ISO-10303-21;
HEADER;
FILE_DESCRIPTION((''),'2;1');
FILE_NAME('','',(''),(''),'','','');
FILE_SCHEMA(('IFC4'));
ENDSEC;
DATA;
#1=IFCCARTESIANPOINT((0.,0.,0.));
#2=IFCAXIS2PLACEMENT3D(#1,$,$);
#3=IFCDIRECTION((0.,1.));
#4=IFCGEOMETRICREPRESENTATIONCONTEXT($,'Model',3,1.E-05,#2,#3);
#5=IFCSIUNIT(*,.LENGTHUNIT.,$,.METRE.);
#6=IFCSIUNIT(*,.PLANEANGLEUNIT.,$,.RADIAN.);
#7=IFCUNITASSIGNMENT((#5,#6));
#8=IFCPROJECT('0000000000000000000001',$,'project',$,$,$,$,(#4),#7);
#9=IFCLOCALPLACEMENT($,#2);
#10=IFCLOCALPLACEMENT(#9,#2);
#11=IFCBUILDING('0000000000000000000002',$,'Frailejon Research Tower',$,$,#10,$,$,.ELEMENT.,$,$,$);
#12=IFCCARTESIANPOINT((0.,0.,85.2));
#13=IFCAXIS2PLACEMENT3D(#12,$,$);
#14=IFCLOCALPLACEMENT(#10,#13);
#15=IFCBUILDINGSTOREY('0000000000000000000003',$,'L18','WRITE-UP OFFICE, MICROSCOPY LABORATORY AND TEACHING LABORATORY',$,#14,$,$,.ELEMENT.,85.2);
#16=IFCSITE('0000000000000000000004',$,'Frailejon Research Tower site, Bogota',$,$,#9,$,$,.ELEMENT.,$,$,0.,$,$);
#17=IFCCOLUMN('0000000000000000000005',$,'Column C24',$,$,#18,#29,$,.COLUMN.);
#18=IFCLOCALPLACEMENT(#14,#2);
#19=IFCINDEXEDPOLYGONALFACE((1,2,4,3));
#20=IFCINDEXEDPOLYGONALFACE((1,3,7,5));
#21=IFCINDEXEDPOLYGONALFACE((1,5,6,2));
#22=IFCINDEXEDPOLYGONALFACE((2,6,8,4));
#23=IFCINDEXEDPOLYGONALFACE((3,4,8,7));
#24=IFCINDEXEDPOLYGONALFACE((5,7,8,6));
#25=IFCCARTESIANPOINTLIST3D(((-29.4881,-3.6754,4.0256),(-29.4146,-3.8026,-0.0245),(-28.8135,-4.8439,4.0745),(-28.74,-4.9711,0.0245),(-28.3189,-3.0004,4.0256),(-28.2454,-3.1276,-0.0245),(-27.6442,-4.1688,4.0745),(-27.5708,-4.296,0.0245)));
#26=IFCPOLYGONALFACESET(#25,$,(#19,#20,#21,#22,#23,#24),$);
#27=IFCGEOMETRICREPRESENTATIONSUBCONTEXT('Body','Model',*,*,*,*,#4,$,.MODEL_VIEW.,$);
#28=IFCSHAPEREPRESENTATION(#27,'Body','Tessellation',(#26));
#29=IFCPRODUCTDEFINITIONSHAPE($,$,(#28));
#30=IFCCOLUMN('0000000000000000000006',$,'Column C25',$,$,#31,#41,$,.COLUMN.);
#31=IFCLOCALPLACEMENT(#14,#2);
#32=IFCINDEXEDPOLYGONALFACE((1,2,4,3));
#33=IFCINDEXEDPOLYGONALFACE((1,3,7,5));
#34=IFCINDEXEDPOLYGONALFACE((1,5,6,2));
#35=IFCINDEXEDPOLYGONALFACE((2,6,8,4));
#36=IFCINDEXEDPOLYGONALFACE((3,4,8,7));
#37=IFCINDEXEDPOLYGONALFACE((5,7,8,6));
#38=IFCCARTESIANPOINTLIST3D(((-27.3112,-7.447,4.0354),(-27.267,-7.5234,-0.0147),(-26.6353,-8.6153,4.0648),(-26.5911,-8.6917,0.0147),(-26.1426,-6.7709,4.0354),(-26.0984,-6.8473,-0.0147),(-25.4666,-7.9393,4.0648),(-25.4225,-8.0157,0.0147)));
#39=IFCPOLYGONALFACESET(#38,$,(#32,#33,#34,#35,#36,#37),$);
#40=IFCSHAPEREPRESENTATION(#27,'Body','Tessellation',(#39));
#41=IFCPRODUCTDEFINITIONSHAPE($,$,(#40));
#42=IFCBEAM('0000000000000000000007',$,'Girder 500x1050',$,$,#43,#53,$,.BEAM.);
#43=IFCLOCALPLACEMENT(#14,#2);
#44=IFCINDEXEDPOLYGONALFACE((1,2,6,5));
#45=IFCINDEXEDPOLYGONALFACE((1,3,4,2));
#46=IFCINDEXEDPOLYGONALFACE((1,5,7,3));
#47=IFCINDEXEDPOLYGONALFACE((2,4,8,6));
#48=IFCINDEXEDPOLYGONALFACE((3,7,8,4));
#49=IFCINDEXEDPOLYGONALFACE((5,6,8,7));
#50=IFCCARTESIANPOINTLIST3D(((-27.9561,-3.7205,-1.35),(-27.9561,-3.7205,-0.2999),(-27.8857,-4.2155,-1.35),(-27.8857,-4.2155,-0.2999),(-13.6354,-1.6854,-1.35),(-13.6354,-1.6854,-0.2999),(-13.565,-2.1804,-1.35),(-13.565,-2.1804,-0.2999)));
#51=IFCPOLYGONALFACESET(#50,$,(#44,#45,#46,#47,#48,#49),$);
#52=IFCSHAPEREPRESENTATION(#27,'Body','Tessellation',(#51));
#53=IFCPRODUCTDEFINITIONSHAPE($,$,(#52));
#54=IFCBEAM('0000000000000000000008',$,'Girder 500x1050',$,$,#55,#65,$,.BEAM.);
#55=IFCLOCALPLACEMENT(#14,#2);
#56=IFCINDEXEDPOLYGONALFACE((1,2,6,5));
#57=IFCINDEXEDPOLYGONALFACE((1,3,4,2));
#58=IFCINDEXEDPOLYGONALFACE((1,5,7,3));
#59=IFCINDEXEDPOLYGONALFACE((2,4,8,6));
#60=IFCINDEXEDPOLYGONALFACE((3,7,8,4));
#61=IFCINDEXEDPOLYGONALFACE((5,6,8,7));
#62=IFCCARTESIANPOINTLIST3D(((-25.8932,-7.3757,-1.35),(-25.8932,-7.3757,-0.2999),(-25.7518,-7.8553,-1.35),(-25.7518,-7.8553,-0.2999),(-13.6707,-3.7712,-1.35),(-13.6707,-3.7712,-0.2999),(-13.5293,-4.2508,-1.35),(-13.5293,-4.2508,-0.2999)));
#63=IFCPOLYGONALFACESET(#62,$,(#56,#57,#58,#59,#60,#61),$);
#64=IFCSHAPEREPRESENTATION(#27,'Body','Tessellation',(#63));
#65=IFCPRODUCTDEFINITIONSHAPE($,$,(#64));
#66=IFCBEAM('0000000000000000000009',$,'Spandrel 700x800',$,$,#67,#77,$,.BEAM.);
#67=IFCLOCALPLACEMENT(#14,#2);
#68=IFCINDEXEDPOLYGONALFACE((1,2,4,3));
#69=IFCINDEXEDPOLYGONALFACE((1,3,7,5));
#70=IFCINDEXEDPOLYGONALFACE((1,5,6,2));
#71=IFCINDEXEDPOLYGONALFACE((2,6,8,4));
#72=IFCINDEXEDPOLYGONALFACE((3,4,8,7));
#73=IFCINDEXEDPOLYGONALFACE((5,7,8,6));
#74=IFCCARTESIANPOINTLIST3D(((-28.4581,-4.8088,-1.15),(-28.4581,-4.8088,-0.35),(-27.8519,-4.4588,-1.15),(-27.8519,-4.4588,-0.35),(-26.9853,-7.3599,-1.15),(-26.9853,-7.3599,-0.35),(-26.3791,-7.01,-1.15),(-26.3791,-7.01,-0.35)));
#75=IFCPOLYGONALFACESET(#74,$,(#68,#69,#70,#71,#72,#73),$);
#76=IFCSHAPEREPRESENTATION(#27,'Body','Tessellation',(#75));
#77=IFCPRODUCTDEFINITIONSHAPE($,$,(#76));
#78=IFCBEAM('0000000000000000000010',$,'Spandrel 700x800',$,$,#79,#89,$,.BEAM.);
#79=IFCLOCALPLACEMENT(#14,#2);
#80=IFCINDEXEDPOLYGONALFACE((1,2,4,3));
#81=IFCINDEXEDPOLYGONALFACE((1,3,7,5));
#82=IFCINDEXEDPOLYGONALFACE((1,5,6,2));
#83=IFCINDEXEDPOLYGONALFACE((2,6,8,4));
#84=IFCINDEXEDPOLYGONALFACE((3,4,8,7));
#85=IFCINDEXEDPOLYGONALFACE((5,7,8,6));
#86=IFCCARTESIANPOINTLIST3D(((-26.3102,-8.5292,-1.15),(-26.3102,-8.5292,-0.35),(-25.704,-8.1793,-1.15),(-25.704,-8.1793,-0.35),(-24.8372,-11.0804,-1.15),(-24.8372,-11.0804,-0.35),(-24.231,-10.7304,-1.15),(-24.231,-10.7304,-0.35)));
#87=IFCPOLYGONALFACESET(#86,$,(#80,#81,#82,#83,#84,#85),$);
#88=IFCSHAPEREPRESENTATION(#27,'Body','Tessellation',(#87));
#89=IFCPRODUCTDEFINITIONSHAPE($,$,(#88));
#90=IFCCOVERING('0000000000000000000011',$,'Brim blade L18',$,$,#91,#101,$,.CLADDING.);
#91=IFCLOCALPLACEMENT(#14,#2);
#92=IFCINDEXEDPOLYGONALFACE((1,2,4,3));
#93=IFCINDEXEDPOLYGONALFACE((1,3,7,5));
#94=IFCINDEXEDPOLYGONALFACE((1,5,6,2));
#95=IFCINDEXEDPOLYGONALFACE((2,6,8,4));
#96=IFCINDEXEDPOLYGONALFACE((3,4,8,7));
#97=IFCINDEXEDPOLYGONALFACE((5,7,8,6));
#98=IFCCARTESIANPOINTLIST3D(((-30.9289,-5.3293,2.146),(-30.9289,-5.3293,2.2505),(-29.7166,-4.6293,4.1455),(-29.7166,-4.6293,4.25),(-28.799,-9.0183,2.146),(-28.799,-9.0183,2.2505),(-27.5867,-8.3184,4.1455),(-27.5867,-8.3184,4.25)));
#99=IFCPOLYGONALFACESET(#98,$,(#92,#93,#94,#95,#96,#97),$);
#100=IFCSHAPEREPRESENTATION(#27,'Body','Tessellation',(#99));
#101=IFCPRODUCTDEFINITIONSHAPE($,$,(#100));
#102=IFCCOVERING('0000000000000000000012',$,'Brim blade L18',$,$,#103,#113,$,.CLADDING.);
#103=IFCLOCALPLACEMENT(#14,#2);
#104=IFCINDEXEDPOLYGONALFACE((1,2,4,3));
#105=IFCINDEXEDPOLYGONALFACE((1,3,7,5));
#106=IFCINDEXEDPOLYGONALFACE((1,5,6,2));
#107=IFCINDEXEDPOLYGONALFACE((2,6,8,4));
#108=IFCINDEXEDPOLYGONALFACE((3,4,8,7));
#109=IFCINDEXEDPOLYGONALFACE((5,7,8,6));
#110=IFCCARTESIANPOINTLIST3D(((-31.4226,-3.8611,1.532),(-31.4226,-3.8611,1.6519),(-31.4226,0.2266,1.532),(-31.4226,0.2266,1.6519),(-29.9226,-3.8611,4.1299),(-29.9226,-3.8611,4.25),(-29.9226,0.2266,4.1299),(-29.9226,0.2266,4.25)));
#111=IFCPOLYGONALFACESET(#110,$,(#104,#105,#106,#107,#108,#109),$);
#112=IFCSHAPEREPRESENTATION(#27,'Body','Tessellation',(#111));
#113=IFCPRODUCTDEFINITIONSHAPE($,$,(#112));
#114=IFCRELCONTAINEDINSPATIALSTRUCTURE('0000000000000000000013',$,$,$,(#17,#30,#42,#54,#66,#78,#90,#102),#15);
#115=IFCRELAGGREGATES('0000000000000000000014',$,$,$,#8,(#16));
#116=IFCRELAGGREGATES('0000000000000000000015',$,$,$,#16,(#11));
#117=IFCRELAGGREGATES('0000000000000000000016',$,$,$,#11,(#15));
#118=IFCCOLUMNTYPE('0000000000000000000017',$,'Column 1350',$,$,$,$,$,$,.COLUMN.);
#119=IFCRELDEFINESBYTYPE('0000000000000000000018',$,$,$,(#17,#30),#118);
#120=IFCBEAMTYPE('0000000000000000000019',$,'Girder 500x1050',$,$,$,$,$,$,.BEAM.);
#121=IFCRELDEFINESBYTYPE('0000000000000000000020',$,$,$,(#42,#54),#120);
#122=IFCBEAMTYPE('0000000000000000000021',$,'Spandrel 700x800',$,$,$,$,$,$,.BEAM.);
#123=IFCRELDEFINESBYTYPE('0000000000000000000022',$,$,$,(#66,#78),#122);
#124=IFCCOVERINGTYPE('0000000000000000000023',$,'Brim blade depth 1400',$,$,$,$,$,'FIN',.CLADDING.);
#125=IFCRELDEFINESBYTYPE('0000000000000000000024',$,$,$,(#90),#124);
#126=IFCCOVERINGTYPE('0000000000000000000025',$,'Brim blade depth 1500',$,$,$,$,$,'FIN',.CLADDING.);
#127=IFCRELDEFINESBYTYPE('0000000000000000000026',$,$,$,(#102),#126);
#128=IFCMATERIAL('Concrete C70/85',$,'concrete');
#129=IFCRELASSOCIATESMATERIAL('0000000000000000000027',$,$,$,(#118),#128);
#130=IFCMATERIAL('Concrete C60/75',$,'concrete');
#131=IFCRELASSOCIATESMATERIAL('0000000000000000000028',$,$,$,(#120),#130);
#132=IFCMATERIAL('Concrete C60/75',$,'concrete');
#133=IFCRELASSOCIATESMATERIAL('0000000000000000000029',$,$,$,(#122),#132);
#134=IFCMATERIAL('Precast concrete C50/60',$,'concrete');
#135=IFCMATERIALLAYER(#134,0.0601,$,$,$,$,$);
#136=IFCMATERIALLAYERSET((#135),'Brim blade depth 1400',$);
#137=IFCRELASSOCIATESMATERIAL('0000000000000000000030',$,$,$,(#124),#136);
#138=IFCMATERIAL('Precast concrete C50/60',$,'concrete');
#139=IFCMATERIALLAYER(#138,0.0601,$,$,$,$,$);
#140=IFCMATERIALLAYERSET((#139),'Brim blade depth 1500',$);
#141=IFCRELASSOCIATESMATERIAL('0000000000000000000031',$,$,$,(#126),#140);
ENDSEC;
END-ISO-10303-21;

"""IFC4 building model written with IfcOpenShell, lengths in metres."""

from ifc_helpers import new_model, si_unit, direction, frame, origin, origin_2d, place, context, subcontext, project, spatial, polyline, rectangle, outline, extrude, material, layer, layer_set, material_profile, profile_set, type_object, element, save


model = new_model("IFC4")

# Units and contexts
model_context = context("Model", 3, precision=1e-05, world=origin(), true_north=direction((0.0, 1.0)))
body_context = subcontext(model_context, "Body", "Model", "MODEL_VIEW")
ifc_project = project(units=[si_unit("LENGTHUNIT", "METRE"), si_unit("PLANEANGLEUNIT", "RADIAN")], contexts=[model_context])

# Site, building, storey
site_placement = place(None, origin())
site = spatial("IfcSite", under=ifc_project, at=site_placement, Name="Frailejon Research Tower site, Bogota", CompositionType="ELEMENT", RefElevation=0.0)
building_placement = place(site_placement, origin())
building = spatial("IfcBuilding", under=site, at=building_placement, Name="Frailejon Research Tower", CompositionType="ELEMENT")
storey_placement = place(building_placement, frame((0.0, 0.0, 85.2)))
storey = spatial("IfcBuildingStorey", under=building, at=storey_placement, Name="L18", Description="WRITE-UP OFFICE, MICROSCOPY LABORATORY AND TEACHING LABORATORY", CompositionType="ELEMENT", Elevation=85.2)

# Columns
ifc_material_1 = material(Name="Concrete C70/85", Category="concrete")
ifc_material_profile_1 = material_profile(ifc_material_1, rectangle(XDim=1.3501, YDim=1.3501, at=origin_2d()), Name="Column 1350")
ifc_profile_set_1 = profile_set([ifc_material_profile_1], Name="Concrete C70/85")
column_type = type_object("IfcColumnType", Name="Column 1350", PredefinedType="COLUMN", material=ifc_profile_set_1)
column_1_placement = place(storey_placement, frame((-28.4927, -4.0493, 0.0), z_axis=(-0.018133, 0.031386, 0.999343), x_axis=(0.499675, -0.865454, 0.036247)))
element("IfcColumn", 1, at=column_1_placement, inside=storey, type_object=column_type, Name="Column C24", PredefinedType="COLUMN", context=body_context, shape_type="SweptSolid", body=[
    extrude(rectangle(XDim=1.3501, YDim=1.3501, at=origin_2d()), origin(), (0.0, 0.0, 1.0), 4.0527),
])
column_2_placement = place(storey_placement, frame((-26.3447, -7.7695, 0.0), z_axis=(-0.010908, 0.018863, 0.999763), x_axis=(0.500638, -0.865382, 0.02179)))
element("IfcColumn", 2, at=column_2_placement, inside=storey, type_object=column_type, Name="Column C25", PredefinedType="COLUMN", context=body_context, shape_type="SweptSolid", body=[
    extrude(rectangle(XDim=1.3501, YDim=1.3501, at=origin_2d()), origin(), (0.0, 0.0, 1.0), 4.051),
])

# Beams
ifc_material_2 = material(Name="Concrete C60/75", Category="concrete")
ifc_material_profile_2 = material_profile(ifc_material_2, rectangle(XDim=0.5, YDim=1.05, at=origin_2d()), Name="Girder 500x1050")
ifc_profile_set_2 = profile_set([ifc_material_profile_2], Name="Concrete C60/75")
beam_type_1 = type_object("IfcBeamType", Name="Girder 500x1050", PredefinedType="BEAM", material=ifc_profile_set_2)
beam_1_placement = place(storey_placement, frame((-27.9209, -3.968, -0.825), z_axis=(0.990053, 0.140698, 0.0), x_axis=(-0.140698, 0.990053, 0.0)))
element("IfcBeam", 3, at=beam_1_placement, inside=storey, type_object=beam_type_1, Name="Girder 500x1050", PredefinedType="BEAM", context=body_context, shape_type="SweptSolid", body=[
    extrude(rectangle(XDim=0.5, YDim=1.05, at=origin_2d()), origin(), (0.0, 0.0, 1.0), 14.4646),
])
beam_2_placement = place(storey_placement, frame((-25.8225, -7.6155, -0.825), z_axis=(0.95916, 0.282864, 0.0), x_axis=(-0.282864, 0.95916, 0.0)))
element("IfcBeam", 4, at=beam_2_placement, inside=storey, type_object=beam_type_1, Name="Girder 500x1050", PredefinedType="BEAM", context=body_context, shape_type="SweptSolid", body=[
    extrude(rectangle(XDim=0.5, YDim=1.05, at=origin_2d()), origin(), (0.0, 0.0, 1.0), 12.7429),
])
ifc_material_3 = material(Name="Concrete C60/75", Category="concrete")
ifc_material_profile_3 = material_profile(ifc_material_3, rectangle(XDim=0.7, YDim=0.8, at=origin_2d()), Name="Spandrel 700x800")
ifc_profile_set_3 = profile_set([ifc_material_profile_3], Name="Concrete C60/75")
beam_type_2 = type_object("IfcBeamType", Name="Spandrel 700x800", PredefinedType="BEAM", material=ifc_profile_set_3)
for number, where, z_axis, x_axis, name in (
    (5, (-28.155, -4.6338, -0.75), (0.499981, -0.866037, 0.0), (0.866037, 0.499981, 0.0), "Spandrel 700x800"),
    (6, (-26.0071, -8.3542, -0.75), (0.500017, -0.866016, 0.0), (0.866016, 0.500017, 0.0), "Spandrel 700x800"),
):
    element("IfcBeam", number, at=place(storey_placement, frame(where, z_axis=z_axis, x_axis=x_axis)), inside=storey, type_object=beam_type_2, Name=name, PredefinedType="BEAM", context=body_context, shape_type="SweptSolid", body=[
        extrude(rectangle(XDim=0.7, YDim=0.8, at=origin_2d()), origin(), (0.0, 0.0, 1.0), 2.9458),
    ])

# Coverings
ifc_material_4 = material(Name="Precast concrete C50/60", Category="concrete")
ifc_layer_1 = layer(ifc_material_4, 0.0601)
ifc_layer_set_1 = layer_set([ifc_layer_1], Name="Brim blade depth 1400")
covering_type_1 = type_object("IfcCoveringType", Name="Brim blade depth 1400", ElementType="FIN", PredefinedType="CLADDING", material=ifc_layer_set_1)
covering_1_placement = place(storey_placement, frame((-27.5867, -8.3184, 4.25), z_axis=(-0.50001, 0.86602, 0.0), x_axis=(-0.86602, -0.50001, 0.0)))
element("IfcCovering", 7, at=covering_1_placement, inside=storey, type_object=covering_type_1, Name="Brim blade L18", PredefinedType="CLADDING", context=body_context, shape_type="SweptSolid", body=[
    extrude(outline(polyline([(0.0, -0.1045), (1.3999, -2.104), (1.3999, -1.9995), (0.0, 0.0), (0.0, -0.1045)])), origin(), (0.0, 0.0, 1.0), 4.2598),
])
ifc_material_5 = material(Name="Precast concrete C50/60", Category="concrete")
ifc_layer_2 = layer(ifc_material_5, 0.0601)
ifc_layer_set_2 = layer_set([ifc_layer_2], Name="Brim blade depth 1500")
covering_type_2 = type_object("IfcCoveringType", Name="Brim blade depth 1500", ElementType="FIN", PredefinedType="CLADDING", material=ifc_layer_set_2)
covering_2_placement = place(storey_placement, frame((-29.9226, -3.8611, 4.25), z_axis=(0.0, 1.0, 0.0), x_axis=(-1.0, 0.0, 0.0)))
element("IfcCovering", 8, at=covering_2_placement, inside=storey, type_object=covering_type_2, Name="Brim blade L18", PredefinedType="CLADDING", context=body_context, shape_type="SweptSolid", body=[
    extrude(outline(polyline([(0.0, -0.1201), (1.5, -2.718), (1.5, -2.5981), (0.0, 0.0), (0.0, -0.1201)])), origin(), (0.0, 0.0, 1.0), 4.0876),
])

save(model, "model.ifc")
